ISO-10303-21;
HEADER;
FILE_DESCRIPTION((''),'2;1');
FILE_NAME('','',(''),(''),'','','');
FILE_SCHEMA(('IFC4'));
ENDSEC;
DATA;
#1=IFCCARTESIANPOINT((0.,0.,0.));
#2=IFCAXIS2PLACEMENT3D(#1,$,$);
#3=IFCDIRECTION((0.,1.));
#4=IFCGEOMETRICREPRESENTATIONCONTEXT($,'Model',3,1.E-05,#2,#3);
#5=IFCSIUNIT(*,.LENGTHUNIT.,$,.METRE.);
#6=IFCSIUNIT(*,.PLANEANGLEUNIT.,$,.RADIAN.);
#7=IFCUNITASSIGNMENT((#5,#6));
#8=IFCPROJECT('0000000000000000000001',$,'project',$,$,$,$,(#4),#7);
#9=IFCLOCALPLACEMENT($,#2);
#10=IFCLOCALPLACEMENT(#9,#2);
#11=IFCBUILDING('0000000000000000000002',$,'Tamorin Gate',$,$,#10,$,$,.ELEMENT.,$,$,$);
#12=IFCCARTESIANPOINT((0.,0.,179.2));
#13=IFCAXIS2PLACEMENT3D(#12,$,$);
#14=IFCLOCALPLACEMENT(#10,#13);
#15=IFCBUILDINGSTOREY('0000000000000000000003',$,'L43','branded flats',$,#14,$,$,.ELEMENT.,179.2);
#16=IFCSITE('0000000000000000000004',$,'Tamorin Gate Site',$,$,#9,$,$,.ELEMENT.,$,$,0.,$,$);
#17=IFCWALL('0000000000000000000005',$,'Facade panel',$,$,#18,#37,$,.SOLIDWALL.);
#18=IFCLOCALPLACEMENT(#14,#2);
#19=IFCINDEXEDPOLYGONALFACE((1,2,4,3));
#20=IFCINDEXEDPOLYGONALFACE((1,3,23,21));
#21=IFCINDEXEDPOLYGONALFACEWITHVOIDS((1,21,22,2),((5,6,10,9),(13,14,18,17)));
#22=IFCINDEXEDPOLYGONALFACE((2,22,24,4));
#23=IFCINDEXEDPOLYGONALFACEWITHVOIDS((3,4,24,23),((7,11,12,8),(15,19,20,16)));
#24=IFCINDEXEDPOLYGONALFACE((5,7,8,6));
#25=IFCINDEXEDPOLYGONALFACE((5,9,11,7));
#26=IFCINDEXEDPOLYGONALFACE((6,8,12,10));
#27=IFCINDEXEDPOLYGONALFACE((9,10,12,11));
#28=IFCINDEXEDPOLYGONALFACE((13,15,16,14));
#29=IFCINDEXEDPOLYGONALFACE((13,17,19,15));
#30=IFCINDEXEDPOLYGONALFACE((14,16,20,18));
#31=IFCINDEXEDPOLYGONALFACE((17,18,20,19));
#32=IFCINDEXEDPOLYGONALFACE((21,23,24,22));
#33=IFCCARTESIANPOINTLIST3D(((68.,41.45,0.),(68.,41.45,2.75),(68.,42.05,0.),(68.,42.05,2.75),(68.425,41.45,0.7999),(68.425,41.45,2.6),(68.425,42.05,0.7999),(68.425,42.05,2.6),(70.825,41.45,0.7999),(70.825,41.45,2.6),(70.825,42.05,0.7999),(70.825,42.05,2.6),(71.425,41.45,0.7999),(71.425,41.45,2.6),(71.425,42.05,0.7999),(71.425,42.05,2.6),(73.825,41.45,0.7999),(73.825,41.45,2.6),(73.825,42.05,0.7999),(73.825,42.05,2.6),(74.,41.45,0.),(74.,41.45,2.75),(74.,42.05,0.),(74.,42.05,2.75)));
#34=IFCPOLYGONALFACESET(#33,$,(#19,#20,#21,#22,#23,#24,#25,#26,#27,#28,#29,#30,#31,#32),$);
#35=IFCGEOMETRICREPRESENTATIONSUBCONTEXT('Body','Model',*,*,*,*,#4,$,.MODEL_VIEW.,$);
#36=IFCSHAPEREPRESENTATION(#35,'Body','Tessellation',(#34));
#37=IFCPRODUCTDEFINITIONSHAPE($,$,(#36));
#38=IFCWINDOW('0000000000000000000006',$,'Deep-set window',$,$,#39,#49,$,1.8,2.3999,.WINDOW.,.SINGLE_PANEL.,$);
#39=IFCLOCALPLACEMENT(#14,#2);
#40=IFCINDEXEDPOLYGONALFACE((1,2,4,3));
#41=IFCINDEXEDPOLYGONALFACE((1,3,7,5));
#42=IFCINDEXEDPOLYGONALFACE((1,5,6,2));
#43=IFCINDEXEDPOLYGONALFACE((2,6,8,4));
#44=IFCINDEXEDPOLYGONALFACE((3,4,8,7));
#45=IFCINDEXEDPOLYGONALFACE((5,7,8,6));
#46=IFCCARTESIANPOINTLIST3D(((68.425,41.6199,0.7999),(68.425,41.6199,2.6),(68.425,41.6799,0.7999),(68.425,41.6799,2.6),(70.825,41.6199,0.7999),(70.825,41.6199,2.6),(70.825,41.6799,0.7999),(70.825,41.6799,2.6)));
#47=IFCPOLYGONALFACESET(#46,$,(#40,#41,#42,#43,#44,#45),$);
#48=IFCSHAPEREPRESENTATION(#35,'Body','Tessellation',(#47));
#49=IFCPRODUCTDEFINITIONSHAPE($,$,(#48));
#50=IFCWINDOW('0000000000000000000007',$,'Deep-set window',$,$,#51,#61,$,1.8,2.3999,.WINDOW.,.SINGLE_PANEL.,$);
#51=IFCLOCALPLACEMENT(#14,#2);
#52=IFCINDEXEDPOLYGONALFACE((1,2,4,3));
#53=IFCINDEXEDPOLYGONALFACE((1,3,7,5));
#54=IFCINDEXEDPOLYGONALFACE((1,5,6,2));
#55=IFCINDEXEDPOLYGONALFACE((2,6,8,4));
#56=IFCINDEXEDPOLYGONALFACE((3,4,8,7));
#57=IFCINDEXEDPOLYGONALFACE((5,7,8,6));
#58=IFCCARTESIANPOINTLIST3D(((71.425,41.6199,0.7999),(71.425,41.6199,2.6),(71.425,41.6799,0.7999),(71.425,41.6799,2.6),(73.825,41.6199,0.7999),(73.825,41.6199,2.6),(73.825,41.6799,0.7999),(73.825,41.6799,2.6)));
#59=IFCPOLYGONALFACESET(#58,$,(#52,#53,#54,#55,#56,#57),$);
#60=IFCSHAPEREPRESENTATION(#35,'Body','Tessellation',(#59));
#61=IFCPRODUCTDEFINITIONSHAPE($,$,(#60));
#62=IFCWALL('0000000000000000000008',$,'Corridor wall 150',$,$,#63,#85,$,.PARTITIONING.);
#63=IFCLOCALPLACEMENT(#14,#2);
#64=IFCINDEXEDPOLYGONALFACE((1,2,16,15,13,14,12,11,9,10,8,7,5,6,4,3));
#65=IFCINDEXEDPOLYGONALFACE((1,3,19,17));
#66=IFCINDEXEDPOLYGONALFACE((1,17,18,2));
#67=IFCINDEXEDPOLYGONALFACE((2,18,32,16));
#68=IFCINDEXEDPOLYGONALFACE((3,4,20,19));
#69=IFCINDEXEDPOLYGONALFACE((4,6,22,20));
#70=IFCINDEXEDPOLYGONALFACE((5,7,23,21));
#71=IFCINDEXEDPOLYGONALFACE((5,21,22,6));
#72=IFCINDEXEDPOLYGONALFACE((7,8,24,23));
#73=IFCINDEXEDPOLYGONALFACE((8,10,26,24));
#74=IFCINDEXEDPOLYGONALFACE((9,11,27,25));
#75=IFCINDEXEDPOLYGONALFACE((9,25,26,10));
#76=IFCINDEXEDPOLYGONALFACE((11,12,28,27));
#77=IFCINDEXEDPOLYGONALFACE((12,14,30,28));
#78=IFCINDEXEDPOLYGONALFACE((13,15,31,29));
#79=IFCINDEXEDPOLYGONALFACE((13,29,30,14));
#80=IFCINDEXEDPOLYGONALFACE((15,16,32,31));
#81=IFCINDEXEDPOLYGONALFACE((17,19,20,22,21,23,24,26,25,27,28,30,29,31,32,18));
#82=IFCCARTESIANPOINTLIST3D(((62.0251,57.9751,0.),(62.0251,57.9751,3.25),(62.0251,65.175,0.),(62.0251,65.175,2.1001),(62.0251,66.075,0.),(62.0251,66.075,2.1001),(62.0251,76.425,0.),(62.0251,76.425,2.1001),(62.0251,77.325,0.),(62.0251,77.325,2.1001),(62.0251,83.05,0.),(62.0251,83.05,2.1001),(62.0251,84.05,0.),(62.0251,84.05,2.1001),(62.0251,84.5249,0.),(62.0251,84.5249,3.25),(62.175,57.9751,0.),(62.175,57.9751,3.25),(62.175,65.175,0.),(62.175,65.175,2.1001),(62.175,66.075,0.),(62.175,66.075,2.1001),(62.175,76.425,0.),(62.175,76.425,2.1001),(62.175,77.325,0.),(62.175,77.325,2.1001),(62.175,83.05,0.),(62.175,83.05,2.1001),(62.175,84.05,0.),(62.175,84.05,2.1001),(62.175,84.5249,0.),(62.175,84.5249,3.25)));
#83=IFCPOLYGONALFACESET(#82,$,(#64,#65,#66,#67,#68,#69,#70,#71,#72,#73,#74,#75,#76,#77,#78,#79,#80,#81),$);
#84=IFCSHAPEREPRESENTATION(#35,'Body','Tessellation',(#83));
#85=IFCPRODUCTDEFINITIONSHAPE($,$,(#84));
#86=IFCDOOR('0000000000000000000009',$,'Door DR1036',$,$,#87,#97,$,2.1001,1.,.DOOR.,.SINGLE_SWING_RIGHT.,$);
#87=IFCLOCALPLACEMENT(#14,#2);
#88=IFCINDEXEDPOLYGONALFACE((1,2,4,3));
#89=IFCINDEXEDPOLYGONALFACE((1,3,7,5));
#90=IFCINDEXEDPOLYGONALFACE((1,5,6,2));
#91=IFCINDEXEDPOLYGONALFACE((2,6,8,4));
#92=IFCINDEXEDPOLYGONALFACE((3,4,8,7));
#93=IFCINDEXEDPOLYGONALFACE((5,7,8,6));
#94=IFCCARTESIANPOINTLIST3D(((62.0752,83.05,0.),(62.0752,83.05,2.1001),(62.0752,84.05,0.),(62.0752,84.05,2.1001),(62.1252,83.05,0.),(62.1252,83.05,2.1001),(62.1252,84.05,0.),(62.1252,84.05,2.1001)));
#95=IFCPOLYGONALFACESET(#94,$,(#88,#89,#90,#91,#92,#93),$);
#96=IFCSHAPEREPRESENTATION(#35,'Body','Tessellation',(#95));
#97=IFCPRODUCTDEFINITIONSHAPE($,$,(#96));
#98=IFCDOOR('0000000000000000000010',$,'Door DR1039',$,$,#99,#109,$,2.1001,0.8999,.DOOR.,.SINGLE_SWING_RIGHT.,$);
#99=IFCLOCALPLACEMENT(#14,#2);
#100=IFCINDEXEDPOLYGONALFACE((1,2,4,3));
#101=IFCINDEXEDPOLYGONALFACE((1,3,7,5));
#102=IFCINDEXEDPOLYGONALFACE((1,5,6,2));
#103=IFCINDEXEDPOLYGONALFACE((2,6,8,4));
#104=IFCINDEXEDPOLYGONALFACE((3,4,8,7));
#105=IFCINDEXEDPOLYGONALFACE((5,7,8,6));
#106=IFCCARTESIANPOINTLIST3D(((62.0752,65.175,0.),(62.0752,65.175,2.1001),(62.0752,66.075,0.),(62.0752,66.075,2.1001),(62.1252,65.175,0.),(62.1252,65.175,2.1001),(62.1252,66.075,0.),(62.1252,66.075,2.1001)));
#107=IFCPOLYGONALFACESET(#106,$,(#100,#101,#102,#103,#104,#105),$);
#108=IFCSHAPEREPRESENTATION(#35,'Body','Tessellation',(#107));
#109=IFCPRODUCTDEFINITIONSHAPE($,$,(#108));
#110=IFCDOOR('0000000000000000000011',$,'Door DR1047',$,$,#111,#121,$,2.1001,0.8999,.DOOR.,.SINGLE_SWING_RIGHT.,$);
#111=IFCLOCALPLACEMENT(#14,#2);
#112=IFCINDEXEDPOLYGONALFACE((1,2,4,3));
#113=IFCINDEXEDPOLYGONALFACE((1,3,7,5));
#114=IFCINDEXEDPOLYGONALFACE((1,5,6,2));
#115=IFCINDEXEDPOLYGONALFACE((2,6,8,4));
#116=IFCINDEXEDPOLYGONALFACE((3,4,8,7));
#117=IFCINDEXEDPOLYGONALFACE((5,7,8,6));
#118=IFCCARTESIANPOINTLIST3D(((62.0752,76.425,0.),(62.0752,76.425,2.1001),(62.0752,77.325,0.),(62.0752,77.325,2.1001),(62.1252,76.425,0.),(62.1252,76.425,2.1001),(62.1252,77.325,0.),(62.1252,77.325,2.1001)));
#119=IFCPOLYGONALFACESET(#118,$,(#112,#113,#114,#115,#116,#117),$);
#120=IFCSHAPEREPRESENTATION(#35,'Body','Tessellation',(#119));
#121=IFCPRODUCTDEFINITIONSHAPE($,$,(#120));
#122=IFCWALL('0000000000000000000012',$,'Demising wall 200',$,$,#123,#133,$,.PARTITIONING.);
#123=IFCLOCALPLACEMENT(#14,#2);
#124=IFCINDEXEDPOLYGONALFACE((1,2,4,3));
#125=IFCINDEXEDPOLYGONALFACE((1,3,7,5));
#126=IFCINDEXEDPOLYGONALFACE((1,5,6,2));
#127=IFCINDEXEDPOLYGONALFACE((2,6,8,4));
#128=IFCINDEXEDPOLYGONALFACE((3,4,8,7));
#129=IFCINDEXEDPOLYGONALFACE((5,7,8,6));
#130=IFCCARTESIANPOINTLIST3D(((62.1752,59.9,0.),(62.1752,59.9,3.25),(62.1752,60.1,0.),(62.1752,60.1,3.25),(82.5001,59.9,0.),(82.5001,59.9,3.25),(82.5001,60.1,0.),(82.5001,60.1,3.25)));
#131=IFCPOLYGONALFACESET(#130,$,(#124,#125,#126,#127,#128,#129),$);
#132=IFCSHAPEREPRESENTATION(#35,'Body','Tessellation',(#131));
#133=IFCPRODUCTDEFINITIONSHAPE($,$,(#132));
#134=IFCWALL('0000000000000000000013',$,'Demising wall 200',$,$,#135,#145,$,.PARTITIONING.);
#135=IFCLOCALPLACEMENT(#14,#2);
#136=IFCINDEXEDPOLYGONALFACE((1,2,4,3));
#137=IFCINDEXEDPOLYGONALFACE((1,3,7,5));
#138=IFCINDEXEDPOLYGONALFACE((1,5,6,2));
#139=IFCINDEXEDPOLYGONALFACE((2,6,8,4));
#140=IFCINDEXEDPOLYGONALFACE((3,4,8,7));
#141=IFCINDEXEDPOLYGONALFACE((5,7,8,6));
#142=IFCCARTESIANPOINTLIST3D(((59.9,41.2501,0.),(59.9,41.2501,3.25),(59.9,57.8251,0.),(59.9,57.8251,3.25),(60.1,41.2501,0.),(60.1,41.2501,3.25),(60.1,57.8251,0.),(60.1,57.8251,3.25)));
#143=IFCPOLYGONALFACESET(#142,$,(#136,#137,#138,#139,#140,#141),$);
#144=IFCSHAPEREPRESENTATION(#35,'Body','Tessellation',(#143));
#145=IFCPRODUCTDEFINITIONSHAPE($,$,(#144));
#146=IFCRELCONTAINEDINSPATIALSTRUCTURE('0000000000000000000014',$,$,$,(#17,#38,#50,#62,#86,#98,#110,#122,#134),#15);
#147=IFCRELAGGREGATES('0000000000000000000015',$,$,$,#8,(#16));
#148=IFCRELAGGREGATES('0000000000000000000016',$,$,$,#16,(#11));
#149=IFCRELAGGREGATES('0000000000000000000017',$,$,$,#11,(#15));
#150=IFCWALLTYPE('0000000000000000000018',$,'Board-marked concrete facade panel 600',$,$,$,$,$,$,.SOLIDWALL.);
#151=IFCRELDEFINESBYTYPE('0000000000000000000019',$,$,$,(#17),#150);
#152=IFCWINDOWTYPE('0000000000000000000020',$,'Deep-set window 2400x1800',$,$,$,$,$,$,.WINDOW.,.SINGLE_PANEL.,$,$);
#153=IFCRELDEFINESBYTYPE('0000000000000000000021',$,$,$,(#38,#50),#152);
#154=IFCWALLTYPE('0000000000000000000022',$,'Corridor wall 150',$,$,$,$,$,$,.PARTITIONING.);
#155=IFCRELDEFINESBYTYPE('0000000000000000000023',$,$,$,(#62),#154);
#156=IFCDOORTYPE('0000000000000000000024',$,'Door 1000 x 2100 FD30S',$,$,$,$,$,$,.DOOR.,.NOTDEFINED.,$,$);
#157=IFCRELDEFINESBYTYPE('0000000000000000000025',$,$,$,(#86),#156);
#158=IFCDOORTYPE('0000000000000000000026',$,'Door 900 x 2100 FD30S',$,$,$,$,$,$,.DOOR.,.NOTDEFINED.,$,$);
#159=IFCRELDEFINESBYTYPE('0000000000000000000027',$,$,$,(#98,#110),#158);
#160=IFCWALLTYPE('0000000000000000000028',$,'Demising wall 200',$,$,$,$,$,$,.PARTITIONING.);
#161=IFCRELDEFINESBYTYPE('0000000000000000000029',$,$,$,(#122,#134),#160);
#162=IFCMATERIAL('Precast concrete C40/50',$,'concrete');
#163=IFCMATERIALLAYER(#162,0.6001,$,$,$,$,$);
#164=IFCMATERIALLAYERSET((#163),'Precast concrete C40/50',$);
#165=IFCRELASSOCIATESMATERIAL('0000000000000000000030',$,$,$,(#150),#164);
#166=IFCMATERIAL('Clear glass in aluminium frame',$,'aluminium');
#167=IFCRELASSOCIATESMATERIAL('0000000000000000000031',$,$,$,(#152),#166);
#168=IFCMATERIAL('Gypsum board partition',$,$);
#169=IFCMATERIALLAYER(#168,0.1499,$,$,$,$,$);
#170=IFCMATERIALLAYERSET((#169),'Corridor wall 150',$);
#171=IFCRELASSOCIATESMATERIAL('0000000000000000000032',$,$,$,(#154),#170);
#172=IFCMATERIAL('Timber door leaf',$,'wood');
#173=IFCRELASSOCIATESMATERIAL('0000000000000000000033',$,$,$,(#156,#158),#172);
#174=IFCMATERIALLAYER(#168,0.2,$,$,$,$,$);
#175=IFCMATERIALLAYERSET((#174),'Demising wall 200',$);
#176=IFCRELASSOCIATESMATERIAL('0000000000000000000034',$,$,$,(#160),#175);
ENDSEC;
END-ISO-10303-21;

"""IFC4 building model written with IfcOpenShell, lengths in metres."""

from ifc_helpers import new_model, si_unit, direction, frame, frame_2d, origin, place, context, subcontext, project, spatial, rectangle, extrude, material, layer, layer_set, type_object, element, fill, save


model = new_model("IFC4")

# Units and contexts
model_context = context("Model", 3, precision=1e-05, world=origin(), true_north=direction((0.0, 1.0)))
body_context = subcontext(model_context, "Body", "Model", "MODEL_VIEW")
ifc_project = project(units=[si_unit("LENGTHUNIT", "METRE"), si_unit("PLANEANGLEUNIT", "RADIAN")], contexts=[model_context])

# Site, building, storey
site_placement = place(None, origin())
site = spatial("IfcSite", under=ifc_project, at=site_placement, Name="Tamorin Gate Site", CompositionType="ELEMENT", RefElevation=0.0)
building_placement = place(site_placement, origin())
building = spatial("IfcBuilding", under=site, at=building_placement, Name="Tamorin Gate", CompositionType="ELEMENT")
storey_placement = place(building_placement, frame((0.0, 0.0, 179.2)))
storey = spatial("IfcBuildingStorey", under=building, at=storey_placement, Name="L43", Description="branded flats", CompositionType="ELEMENT", Elevation=179.2)

# Wall, openings, windows
ifc_material_1 = material(Name="Precast concrete C40/50", Category="concrete")
ifc_layer_1 = layer(ifc_material_1, 0.6001)
ifc_layer_set_1 = layer_set([ifc_layer_1], Name="Precast concrete C40/50")
wall_type_1 = type_object("IfcWallType", Name="Board-marked concrete facade panel 600", PredefinedType="SOLIDWALL", material=ifc_layer_set_1)
ifc_material_2 = material(Name="Clear glass in aluminium frame", Category="aluminium")
window_type = type_object("IfcWindowType", Name="Deep-set window 2400x1800", PartitioningType="SINGLE_PANEL", PredefinedType="WINDOW", material=ifc_material_2)
wall_1_placement = place(storey_placement, frame((68.0, 41.75, 0.0), z_axis=(0.0, 0.0, 1.0), x_axis=(1.0, 0.0, 0.0)))
wall_1 = element("IfcWall", 1, at=wall_1_placement, inside=storey, type_object=wall_type_1, Name="Facade panel", PredefinedType="SOLIDWALL", context=body_context, shape_type="SweptSolid", body=[
    extrude(rectangle(XDim=6.0, YDim=0.6001, at=frame_2d((3.0, 0.0))), origin(), (0.0, 0.0, 1.0), 2.75),
])
opening_1_placement = place(wall_1_placement, frame((0.425, 0.0, 0.8)))
opening_1 = element("IfcOpeningElement", 2, at=opening_1_placement, cuts=wall_1, PredefinedType="OPENING", context=body_context, shape_type="SweptSolid", body=[
    extrude(rectangle(XDim=2.3999, YDim=1.8, at=frame_2d((1.2, 0.8999))), frame((0.0, 0.3101, 0.0), z_axis=(0.0, -1.0, 0.0), x_axis=(1.0, 0.0, 0.0)), (0.0, 0.0, 1.0), 0.6201),
])
opening_2_placement = place(wall_1_placement, frame((3.425, 0.0, 0.8)))
opening_2 = element("IfcOpeningElement", 3, at=opening_2_placement, cuts=wall_1, PredefinedType="OPENING", context=body_context, shape_type="SweptSolid", body=[
    extrude(rectangle(XDim=2.3999, YDim=1.8, at=frame_2d((1.2, 0.8999))), frame((0.0, 0.3101, 0.0), z_axis=(0.0, -1.0, 0.0), x_axis=(1.0, 0.0, 0.0)), (0.0, 0.0, 1.0), 0.6201),
])
window_1_placement = place(opening_1_placement, origin())
window_1 = element("IfcWindow", 4, at=window_1_placement, inside=storey, type_object=window_type, Name="Deep-set window", OverallHeight=1.8, OverallWidth=2.3999, PartitioningType="SINGLE_PANEL", PredefinedType="WINDOW", context=body_context, shape_type="SweptSolid", body=[
    extrude(rectangle(XDim=2.3999, YDim=1.8, at=frame_2d((1.2, 0.8999))), frame((0.0, -0.0701, 0.0), z_axis=(0.0, -1.0, 0.0), x_axis=(1.0, 0.0, 0.0)), (0.0, 0.0, 1.0), 0.0601),
])
fill(opening_1, window_1)
window_2_placement = place(opening_2_placement, origin())
window_2 = element("IfcWindow", 5, at=window_2_placement, inside=storey, type_object=window_type, Name="Deep-set window", OverallHeight=1.8, OverallWidth=2.3999, PartitioningType="SINGLE_PANEL", PredefinedType="WINDOW", context=body_context, shape_type="SweptSolid", body=[
    extrude(rectangle(XDim=2.3999, YDim=1.8, at=frame_2d((1.2, 0.8999))), frame((0.0, -0.0701, 0.0), z_axis=(0.0, -1.0, 0.0), x_axis=(1.0, 0.0, 0.0)), (0.0, 0.0, 1.0), 0.0601),
])
fill(opening_2, window_2)

# Wall, openings, doors
ifc_material_3 = material(Name="Gypsum board partition")
ifc_layer_2 = layer(ifc_material_3, 0.1499)
ifc_layer_set_2 = layer_set([ifc_layer_2], Name="Corridor wall 150")
wall_type_2 = type_object("IfcWallType", Name="Corridor wall 150", PredefinedType="PARTITIONING", material=ifc_layer_set_2)
wall_2_placement = place(storey_placement, frame((62.1001, 57.9751, 0.0), z_axis=(0.0, 0.0, 1.0), x_axis=(0.0, 1.0, 0.0)))
wall_2 = element("IfcWall", 6, at=wall_2_placement, inside=storey, type_object=wall_type_2, Name="Corridor wall 150", PredefinedType="PARTITIONING", context=body_context, shape_type="SweptSolid", body=[
    extrude(rectangle(XDim=26.5498, YDim=0.1499, at=frame_2d((13.2749, 0.0))), origin(), (0.0, 0.0, 1.0), 3.25),
])
opening_3_placement = place(wall_2_placement, frame((25.075, 0.0, 0.0)))
opening_3 = element("IfcOpeningElement", 7, at=opening_3_placement, cuts=wall_2, PredefinedType="OPENING", context=body_context, shape_type="SweptSolid", body=[
    extrude(rectangle(XDim=1.0, YDim=2.1001, at=frame_2d((0.5, 1.05))), frame((0.0, 0.085, 0.0), z_axis=(0.0, -1.0, 0.0), x_axis=(1.0, 0.0, 0.0)), (0.0, 0.0, 1.0), 0.1699),
])
opening_4_placement = place(wall_2_placement, frame((7.2, 0.0, 0.0)))
opening_4 = element("IfcOpeningElement", 8, at=opening_4_placement, cuts=wall_2, PredefinedType="OPENING", context=body_context, shape_type="SweptSolid", body=[
    extrude(rectangle(XDim=0.8999, YDim=2.1001, at=frame_2d((0.45, 1.05))), frame((0.0, 0.085, 0.0), z_axis=(0.0, -1.0, 0.0), x_axis=(1.0, 0.0, 0.0)), (0.0, 0.0, 1.0), 0.1699),
])
opening_5_placement = place(wall_2_placement, frame((18.45, 0.0, 0.0)))
opening_5 = element("IfcOpeningElement", 9, at=opening_5_placement, cuts=wall_2, PredefinedType="OPENING", context=body_context, shape_type="SweptSolid", body=[
    extrude(rectangle(XDim=0.8999, YDim=2.1001, at=frame_2d((0.45, 1.05))), frame((0.0, 0.085, 0.0), z_axis=(0.0, -1.0, 0.0), x_axis=(1.0, 0.0, 0.0)), (0.0, 0.0, 1.0), 0.1699),
])
ifc_material_4 = material(Name="Timber door leaf", Category="wood")
door_type_1 = type_object("IfcDoorType", Name="Door 1000 x 2100 FD30S", OperationType="NOTDEFINED", PredefinedType="DOOR", material=ifc_material_4)
door_1_placement = place(opening_3_placement, origin())
door_1 = element("IfcDoor", 10, at=door_1_placement, inside=storey, type_object=door_type_1, Name="Door DR1036", OperationType="SINGLE_SWING_RIGHT", OverallHeight=2.1001, OverallWidth=1.0, PredefinedType="DOOR", context=body_context, shape_type="SweptSolid", body=[
    extrude(rectangle(XDim=1.0, YDim=2.1001, at=frame_2d((0.5, 1.05))), frame((0.0, 0.0249, 0.0), z_axis=(0.0, -1.0, 0.0), x_axis=(1.0, 0.0, 0.0)), (0.0, 0.0, 1.0), 0.05),
])
fill(opening_3, door_1)
door_type_2 = type_object("IfcDoorType", Name="Door 900 x 2100 FD30S", OperationType="NOTDEFINED", PredefinedType="DOOR", material=ifc_material_4)
door_2_placement = place(opening_4_placement, origin())
door_2 = element("IfcDoor", 11, at=door_2_placement, inside=storey, type_object=door_type_2, Name="Door DR1039", OperationType="SINGLE_SWING_RIGHT", OverallHeight=2.1001, OverallWidth=0.8999, PredefinedType="DOOR", context=body_context, shape_type="SweptSolid", body=[
    extrude(rectangle(XDim=0.8999, YDim=2.1001, at=frame_2d((0.45, 1.05))), frame((0.0, 0.0249, 0.0), z_axis=(0.0, -1.0, 0.0), x_axis=(1.0, 0.0, 0.0)), (0.0, 0.0, 1.0), 0.05),
])
fill(opening_4, door_2)
door_3_placement = place(opening_5_placement, origin())
door_3 = element("IfcDoor", 12, at=door_3_placement, inside=storey, type_object=door_type_2, Name="Door DR1047", OperationType="SINGLE_SWING_RIGHT", OverallHeight=2.1001, OverallWidth=0.8999, PredefinedType="DOOR", context=body_context, shape_type="SweptSolid", body=[
    extrude(rectangle(XDim=0.8999, YDim=2.1001, at=frame_2d((0.45, 1.05))), frame((0.0, 0.0249, 0.0), z_axis=(0.0, -1.0, 0.0), x_axis=(1.0, 0.0, 0.0)), (0.0, 0.0, 1.0), 0.05),
])
fill(opening_5, door_3)

# Walls
ifc_layer_3 = layer(ifc_material_3, 0.2)
ifc_layer_set_3 = layer_set([ifc_layer_3], Name="Demising wall 200")
wall_type_3 = type_object("IfcWallType", Name="Demising wall 200", PredefinedType="PARTITIONING", material=ifc_layer_set_3)
wall_3_placement = place(storey_placement, frame((62.175, 60.0, 0.0), z_axis=(0.0, 0.0, 1.0), x_axis=(1.0, 0.0, 0.0)))
element("IfcWall", 13, at=wall_3_placement, inside=storey, type_object=wall_type_3, Name="Demising wall 200", PredefinedType="PARTITIONING", context=body_context, shape_type="SweptSolid", body=[
    extrude(rectangle(XDim=20.325, YDim=0.2, at=frame_2d((10.1626, 0.0))), origin(), (0.0, 0.0, 1.0), 3.25),
])
wall_4_placement = place(storey_placement, frame((60.0, 41.25, 0.0), z_axis=(0.0, 0.0, 1.0), x_axis=(0.0, 1.0, 0.0)))
element("IfcWall", 14, at=wall_4_placement, inside=storey, type_object=wall_type_3, Name="Demising wall 200", PredefinedType="PARTITIONING", context=body_context, shape_type="SweptSolid", body=[
    extrude(rectangle(XDim=16.575, YDim=0.2, at=frame_2d((8.2876, 0.0))), origin(), (0.0, 0.0, 1.0), 3.25),
])

save(model, "model.ifc")
